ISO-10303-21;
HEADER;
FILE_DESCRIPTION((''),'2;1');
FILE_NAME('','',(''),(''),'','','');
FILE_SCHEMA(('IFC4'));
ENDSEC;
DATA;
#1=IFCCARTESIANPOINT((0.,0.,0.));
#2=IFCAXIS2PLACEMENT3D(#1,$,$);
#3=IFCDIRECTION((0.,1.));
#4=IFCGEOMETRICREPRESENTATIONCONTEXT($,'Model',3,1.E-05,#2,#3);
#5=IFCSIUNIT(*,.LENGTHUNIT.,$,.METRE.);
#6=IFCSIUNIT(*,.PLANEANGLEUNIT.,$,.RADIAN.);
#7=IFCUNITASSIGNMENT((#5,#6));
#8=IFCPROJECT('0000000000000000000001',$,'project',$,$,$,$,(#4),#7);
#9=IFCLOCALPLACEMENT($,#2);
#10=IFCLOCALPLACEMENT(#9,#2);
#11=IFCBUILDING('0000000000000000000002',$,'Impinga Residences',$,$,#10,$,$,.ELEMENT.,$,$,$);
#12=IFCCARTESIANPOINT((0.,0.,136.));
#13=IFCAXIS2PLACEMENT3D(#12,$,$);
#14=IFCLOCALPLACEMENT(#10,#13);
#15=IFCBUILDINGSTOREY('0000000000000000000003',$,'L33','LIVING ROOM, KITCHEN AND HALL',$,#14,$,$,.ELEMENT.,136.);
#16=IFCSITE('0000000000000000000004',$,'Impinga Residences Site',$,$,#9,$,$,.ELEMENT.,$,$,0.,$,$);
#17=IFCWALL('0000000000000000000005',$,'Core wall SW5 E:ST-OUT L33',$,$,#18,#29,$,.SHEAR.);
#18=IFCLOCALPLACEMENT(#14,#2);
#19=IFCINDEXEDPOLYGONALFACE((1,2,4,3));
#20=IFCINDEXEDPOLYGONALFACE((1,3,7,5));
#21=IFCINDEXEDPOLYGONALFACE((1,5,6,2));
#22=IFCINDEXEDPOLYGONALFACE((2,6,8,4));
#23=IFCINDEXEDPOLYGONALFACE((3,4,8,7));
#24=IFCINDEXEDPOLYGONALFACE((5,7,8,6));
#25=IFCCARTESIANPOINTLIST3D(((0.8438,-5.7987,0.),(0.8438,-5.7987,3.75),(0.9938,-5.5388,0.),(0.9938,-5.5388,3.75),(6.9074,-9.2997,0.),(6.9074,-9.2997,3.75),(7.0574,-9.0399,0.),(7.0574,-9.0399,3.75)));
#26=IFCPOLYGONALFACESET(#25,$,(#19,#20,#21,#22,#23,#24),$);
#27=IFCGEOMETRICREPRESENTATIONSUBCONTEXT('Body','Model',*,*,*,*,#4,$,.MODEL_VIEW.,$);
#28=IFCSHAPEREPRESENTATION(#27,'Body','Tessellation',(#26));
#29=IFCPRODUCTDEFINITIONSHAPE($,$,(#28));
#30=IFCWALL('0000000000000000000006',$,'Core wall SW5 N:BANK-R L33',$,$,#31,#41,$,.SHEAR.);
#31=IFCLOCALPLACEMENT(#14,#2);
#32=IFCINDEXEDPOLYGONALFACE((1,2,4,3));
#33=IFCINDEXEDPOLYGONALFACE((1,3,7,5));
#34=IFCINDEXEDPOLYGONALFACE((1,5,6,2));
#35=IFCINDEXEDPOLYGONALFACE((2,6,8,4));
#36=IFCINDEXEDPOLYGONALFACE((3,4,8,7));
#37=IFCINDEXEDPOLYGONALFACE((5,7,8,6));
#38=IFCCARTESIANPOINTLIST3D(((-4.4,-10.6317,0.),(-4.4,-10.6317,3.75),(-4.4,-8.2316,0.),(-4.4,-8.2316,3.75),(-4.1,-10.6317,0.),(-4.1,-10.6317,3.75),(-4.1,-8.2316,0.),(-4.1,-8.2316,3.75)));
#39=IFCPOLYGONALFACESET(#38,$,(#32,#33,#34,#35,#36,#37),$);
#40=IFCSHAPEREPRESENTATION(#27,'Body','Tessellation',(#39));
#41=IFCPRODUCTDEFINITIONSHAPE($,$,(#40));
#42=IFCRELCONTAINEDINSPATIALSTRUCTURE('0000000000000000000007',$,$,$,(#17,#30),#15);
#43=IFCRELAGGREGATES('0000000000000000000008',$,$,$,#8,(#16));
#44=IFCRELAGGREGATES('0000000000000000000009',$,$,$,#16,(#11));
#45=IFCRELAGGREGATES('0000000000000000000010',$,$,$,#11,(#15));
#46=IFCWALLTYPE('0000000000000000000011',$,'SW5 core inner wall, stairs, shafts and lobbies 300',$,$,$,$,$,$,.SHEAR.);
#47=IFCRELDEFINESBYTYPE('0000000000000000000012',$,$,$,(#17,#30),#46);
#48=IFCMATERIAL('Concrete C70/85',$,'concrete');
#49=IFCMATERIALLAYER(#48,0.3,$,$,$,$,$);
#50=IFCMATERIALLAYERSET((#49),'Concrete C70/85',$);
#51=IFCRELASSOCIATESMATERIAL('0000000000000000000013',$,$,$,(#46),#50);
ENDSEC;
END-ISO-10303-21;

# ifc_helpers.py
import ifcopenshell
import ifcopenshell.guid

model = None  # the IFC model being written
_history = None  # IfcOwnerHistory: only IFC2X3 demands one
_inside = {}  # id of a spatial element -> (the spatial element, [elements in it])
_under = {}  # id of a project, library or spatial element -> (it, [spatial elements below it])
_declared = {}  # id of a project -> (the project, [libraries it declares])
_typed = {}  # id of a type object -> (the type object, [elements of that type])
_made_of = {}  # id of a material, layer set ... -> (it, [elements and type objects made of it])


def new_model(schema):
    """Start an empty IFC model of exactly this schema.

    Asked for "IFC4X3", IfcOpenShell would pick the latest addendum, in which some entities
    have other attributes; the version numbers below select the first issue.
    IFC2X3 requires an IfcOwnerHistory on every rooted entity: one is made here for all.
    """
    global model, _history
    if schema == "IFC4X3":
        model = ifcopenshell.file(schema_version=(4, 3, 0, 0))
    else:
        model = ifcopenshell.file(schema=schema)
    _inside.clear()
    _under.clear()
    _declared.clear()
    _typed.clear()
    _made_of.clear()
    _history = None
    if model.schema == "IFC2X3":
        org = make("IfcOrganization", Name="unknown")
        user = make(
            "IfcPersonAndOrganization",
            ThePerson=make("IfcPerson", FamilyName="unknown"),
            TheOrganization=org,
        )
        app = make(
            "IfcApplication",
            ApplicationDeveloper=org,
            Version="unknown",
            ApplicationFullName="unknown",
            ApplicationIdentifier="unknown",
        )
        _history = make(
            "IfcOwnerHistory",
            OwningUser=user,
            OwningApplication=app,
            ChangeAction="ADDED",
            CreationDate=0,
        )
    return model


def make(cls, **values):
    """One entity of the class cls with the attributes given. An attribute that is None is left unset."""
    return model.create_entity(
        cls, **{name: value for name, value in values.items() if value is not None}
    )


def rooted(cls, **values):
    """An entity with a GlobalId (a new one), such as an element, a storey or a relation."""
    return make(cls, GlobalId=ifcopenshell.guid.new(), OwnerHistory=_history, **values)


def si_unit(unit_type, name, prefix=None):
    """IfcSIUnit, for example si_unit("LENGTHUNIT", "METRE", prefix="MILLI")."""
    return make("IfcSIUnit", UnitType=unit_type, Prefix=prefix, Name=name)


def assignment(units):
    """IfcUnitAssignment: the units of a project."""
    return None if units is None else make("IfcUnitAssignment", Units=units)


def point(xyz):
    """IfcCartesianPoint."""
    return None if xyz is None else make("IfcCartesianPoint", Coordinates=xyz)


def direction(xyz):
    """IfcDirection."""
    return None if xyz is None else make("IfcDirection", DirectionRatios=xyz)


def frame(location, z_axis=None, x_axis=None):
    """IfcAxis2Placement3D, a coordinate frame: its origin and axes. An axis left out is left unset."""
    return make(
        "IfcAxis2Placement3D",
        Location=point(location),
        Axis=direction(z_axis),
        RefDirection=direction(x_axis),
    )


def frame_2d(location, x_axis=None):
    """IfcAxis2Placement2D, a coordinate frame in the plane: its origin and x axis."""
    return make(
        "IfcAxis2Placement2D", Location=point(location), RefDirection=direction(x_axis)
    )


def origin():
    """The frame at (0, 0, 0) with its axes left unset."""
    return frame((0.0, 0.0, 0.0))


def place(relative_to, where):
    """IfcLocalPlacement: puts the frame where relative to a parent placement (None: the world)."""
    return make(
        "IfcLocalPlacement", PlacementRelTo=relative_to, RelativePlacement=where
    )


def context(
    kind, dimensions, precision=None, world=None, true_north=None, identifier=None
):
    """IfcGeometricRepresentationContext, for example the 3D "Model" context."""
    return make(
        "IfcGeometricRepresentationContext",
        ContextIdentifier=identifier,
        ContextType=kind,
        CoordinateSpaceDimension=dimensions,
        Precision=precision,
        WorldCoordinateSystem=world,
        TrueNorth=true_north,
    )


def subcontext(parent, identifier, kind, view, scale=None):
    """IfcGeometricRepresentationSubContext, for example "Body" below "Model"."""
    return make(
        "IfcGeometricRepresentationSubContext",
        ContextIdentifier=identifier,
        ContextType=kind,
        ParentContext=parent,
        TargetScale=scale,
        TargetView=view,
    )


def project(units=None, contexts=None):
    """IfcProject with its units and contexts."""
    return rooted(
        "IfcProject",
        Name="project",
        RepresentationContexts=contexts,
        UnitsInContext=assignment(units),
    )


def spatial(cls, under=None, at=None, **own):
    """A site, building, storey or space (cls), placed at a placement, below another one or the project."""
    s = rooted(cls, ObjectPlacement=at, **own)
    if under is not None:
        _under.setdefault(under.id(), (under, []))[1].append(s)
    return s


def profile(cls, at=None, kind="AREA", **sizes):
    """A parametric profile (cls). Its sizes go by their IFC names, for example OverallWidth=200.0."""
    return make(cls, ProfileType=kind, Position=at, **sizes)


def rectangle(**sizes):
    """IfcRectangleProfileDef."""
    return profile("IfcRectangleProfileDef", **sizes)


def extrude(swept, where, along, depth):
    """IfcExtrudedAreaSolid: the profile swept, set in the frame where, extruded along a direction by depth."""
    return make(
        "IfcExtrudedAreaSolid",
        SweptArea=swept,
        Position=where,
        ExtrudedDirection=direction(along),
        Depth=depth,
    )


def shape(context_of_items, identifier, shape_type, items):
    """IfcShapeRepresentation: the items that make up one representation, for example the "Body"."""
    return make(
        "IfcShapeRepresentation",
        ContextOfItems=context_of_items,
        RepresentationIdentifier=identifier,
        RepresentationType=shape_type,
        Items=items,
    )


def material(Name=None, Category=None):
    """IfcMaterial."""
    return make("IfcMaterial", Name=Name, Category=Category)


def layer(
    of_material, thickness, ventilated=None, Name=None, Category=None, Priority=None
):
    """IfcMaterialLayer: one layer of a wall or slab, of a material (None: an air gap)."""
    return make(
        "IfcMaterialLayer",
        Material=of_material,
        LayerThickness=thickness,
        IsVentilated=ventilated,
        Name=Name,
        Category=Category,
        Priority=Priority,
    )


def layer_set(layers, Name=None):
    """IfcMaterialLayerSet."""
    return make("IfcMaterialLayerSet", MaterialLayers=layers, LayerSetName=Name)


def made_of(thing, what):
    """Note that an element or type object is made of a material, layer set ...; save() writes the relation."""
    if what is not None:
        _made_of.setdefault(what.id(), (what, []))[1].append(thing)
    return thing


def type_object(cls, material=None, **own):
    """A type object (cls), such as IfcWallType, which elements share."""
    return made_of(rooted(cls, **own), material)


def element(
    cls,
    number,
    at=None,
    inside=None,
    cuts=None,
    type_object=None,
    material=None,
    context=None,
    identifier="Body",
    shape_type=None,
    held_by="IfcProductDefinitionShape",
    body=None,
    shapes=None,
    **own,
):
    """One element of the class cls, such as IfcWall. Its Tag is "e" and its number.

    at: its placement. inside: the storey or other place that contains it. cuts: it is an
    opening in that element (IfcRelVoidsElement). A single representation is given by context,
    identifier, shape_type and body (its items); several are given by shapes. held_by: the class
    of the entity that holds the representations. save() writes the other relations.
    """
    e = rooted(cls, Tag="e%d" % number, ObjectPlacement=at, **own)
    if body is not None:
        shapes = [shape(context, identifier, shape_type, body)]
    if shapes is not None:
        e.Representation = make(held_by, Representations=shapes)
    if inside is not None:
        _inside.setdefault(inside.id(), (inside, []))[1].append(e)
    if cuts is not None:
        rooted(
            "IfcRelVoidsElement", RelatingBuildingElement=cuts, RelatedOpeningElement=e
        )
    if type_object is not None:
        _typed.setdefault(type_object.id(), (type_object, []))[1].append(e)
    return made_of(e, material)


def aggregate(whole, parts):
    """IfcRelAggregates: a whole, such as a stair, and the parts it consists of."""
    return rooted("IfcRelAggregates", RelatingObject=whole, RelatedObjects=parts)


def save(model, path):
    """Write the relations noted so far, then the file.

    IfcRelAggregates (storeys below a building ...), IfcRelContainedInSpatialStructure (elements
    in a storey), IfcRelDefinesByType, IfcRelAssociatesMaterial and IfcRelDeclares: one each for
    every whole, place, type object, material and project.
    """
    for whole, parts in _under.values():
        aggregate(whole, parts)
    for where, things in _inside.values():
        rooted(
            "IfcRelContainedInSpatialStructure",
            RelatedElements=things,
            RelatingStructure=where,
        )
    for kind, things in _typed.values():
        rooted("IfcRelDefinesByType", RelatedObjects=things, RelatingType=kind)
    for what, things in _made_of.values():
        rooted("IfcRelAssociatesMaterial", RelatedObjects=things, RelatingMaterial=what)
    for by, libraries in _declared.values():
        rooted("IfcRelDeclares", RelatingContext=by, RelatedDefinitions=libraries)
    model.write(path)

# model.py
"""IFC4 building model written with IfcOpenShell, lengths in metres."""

from ifc_helpers import new_model, si_unit, direction, frame, frame_2d, origin, place, context, subcontext, project, spatial, rectangle, extrude, material, layer, layer_set, type_object, element, save


model = new_model("IFC4")

# Units and contexts
model_context = context("Model", 3, precision=1e-05, world=origin(), true_north=direction((0.0, 1.0)))
body_context = subcontext(model_context, "Body", "Model", "MODEL_VIEW")
ifc_project = project(units=[si_unit("LENGTHUNIT", "METRE"), si_unit("PLANEANGLEUNIT", "RADIAN")], contexts=[model_context])

# Site, building, storey
site_placement = place(None, origin())
site = spatial("IfcSite", under=ifc_project, at=site_placement, Name="Impinga Residences Site", CompositionType="ELEMENT", RefElevation=0.0)
building_placement = place(site_placement, origin())
building = spatial("IfcBuilding", under=site, at=building_placement, Name="Impinga Residences", CompositionType="ELEMENT")
storey_placement = place(building_placement, frame((0.0, 0.0, 136.0)))
storey = spatial("IfcBuildingStorey", under=building, at=storey_placement, Name="L33", Description="LIVING ROOM, KITCHEN AND HALL", CompositionType="ELEMENT", Elevation=136.0)

# Shared definitions
ifc_material_1 = material(Name="Concrete C70/85", Category="concrete")
ifc_layer_1 = layer(ifc_material_1, 0.3)
ifc_layer_set_1 = layer_set([ifc_layer_1], Name="Concrete C70/85")
wall_type_1 = type_object("IfcWallType", Name="SW5 core inner wall, stairs, shafts and lobbies 300", PredefinedType="SHEAR", material=ifc_layer_set_1)

# Walls
wall_1_placement = place(storey_placement, frame((0.9187, -5.6687, 0.0), z_axis=(0.0, 0.0, 1.0), x_axis=(0.866011, -0.500024, 0.0)))
element("IfcWall", 1, at=wall_1_placement, inside=storey, type_object=wall_type_1, Name="Core wall SW5 E:ST-OUT L33", PredefinedType="SHEAR", context=body_context, shape_type="SweptSolid", body=[
    extrude(rectangle(XDim=7.0017, YDim=0.3, at=frame_2d((3.501, 0.0))), origin(), (0.0, 0.0, 1.0), 3.75),
])
wall_2_placement = place(storey_placement, frame((-4.25, -8.2314, 0.0), z_axis=(0.0, 0.0, 1.0), x_axis=(0.0, -1.0, 0.0)))
element("IfcWall", 2, at=wall_2_placement, inside=storey, type_object=wall_type_1, Name="Core wall SW5 N:BANK-R L33", PredefinedType="SHEAR", context=body_context, shape_type="SweptSolid", body=[
    extrude(rectangle(XDim=2.4001, YDim=0.3, at=frame_2d((1.2002, 0.0))), origin(), (0.0, 0.0, 1.0), 3.75),
])

save(model, "model.ifc")
